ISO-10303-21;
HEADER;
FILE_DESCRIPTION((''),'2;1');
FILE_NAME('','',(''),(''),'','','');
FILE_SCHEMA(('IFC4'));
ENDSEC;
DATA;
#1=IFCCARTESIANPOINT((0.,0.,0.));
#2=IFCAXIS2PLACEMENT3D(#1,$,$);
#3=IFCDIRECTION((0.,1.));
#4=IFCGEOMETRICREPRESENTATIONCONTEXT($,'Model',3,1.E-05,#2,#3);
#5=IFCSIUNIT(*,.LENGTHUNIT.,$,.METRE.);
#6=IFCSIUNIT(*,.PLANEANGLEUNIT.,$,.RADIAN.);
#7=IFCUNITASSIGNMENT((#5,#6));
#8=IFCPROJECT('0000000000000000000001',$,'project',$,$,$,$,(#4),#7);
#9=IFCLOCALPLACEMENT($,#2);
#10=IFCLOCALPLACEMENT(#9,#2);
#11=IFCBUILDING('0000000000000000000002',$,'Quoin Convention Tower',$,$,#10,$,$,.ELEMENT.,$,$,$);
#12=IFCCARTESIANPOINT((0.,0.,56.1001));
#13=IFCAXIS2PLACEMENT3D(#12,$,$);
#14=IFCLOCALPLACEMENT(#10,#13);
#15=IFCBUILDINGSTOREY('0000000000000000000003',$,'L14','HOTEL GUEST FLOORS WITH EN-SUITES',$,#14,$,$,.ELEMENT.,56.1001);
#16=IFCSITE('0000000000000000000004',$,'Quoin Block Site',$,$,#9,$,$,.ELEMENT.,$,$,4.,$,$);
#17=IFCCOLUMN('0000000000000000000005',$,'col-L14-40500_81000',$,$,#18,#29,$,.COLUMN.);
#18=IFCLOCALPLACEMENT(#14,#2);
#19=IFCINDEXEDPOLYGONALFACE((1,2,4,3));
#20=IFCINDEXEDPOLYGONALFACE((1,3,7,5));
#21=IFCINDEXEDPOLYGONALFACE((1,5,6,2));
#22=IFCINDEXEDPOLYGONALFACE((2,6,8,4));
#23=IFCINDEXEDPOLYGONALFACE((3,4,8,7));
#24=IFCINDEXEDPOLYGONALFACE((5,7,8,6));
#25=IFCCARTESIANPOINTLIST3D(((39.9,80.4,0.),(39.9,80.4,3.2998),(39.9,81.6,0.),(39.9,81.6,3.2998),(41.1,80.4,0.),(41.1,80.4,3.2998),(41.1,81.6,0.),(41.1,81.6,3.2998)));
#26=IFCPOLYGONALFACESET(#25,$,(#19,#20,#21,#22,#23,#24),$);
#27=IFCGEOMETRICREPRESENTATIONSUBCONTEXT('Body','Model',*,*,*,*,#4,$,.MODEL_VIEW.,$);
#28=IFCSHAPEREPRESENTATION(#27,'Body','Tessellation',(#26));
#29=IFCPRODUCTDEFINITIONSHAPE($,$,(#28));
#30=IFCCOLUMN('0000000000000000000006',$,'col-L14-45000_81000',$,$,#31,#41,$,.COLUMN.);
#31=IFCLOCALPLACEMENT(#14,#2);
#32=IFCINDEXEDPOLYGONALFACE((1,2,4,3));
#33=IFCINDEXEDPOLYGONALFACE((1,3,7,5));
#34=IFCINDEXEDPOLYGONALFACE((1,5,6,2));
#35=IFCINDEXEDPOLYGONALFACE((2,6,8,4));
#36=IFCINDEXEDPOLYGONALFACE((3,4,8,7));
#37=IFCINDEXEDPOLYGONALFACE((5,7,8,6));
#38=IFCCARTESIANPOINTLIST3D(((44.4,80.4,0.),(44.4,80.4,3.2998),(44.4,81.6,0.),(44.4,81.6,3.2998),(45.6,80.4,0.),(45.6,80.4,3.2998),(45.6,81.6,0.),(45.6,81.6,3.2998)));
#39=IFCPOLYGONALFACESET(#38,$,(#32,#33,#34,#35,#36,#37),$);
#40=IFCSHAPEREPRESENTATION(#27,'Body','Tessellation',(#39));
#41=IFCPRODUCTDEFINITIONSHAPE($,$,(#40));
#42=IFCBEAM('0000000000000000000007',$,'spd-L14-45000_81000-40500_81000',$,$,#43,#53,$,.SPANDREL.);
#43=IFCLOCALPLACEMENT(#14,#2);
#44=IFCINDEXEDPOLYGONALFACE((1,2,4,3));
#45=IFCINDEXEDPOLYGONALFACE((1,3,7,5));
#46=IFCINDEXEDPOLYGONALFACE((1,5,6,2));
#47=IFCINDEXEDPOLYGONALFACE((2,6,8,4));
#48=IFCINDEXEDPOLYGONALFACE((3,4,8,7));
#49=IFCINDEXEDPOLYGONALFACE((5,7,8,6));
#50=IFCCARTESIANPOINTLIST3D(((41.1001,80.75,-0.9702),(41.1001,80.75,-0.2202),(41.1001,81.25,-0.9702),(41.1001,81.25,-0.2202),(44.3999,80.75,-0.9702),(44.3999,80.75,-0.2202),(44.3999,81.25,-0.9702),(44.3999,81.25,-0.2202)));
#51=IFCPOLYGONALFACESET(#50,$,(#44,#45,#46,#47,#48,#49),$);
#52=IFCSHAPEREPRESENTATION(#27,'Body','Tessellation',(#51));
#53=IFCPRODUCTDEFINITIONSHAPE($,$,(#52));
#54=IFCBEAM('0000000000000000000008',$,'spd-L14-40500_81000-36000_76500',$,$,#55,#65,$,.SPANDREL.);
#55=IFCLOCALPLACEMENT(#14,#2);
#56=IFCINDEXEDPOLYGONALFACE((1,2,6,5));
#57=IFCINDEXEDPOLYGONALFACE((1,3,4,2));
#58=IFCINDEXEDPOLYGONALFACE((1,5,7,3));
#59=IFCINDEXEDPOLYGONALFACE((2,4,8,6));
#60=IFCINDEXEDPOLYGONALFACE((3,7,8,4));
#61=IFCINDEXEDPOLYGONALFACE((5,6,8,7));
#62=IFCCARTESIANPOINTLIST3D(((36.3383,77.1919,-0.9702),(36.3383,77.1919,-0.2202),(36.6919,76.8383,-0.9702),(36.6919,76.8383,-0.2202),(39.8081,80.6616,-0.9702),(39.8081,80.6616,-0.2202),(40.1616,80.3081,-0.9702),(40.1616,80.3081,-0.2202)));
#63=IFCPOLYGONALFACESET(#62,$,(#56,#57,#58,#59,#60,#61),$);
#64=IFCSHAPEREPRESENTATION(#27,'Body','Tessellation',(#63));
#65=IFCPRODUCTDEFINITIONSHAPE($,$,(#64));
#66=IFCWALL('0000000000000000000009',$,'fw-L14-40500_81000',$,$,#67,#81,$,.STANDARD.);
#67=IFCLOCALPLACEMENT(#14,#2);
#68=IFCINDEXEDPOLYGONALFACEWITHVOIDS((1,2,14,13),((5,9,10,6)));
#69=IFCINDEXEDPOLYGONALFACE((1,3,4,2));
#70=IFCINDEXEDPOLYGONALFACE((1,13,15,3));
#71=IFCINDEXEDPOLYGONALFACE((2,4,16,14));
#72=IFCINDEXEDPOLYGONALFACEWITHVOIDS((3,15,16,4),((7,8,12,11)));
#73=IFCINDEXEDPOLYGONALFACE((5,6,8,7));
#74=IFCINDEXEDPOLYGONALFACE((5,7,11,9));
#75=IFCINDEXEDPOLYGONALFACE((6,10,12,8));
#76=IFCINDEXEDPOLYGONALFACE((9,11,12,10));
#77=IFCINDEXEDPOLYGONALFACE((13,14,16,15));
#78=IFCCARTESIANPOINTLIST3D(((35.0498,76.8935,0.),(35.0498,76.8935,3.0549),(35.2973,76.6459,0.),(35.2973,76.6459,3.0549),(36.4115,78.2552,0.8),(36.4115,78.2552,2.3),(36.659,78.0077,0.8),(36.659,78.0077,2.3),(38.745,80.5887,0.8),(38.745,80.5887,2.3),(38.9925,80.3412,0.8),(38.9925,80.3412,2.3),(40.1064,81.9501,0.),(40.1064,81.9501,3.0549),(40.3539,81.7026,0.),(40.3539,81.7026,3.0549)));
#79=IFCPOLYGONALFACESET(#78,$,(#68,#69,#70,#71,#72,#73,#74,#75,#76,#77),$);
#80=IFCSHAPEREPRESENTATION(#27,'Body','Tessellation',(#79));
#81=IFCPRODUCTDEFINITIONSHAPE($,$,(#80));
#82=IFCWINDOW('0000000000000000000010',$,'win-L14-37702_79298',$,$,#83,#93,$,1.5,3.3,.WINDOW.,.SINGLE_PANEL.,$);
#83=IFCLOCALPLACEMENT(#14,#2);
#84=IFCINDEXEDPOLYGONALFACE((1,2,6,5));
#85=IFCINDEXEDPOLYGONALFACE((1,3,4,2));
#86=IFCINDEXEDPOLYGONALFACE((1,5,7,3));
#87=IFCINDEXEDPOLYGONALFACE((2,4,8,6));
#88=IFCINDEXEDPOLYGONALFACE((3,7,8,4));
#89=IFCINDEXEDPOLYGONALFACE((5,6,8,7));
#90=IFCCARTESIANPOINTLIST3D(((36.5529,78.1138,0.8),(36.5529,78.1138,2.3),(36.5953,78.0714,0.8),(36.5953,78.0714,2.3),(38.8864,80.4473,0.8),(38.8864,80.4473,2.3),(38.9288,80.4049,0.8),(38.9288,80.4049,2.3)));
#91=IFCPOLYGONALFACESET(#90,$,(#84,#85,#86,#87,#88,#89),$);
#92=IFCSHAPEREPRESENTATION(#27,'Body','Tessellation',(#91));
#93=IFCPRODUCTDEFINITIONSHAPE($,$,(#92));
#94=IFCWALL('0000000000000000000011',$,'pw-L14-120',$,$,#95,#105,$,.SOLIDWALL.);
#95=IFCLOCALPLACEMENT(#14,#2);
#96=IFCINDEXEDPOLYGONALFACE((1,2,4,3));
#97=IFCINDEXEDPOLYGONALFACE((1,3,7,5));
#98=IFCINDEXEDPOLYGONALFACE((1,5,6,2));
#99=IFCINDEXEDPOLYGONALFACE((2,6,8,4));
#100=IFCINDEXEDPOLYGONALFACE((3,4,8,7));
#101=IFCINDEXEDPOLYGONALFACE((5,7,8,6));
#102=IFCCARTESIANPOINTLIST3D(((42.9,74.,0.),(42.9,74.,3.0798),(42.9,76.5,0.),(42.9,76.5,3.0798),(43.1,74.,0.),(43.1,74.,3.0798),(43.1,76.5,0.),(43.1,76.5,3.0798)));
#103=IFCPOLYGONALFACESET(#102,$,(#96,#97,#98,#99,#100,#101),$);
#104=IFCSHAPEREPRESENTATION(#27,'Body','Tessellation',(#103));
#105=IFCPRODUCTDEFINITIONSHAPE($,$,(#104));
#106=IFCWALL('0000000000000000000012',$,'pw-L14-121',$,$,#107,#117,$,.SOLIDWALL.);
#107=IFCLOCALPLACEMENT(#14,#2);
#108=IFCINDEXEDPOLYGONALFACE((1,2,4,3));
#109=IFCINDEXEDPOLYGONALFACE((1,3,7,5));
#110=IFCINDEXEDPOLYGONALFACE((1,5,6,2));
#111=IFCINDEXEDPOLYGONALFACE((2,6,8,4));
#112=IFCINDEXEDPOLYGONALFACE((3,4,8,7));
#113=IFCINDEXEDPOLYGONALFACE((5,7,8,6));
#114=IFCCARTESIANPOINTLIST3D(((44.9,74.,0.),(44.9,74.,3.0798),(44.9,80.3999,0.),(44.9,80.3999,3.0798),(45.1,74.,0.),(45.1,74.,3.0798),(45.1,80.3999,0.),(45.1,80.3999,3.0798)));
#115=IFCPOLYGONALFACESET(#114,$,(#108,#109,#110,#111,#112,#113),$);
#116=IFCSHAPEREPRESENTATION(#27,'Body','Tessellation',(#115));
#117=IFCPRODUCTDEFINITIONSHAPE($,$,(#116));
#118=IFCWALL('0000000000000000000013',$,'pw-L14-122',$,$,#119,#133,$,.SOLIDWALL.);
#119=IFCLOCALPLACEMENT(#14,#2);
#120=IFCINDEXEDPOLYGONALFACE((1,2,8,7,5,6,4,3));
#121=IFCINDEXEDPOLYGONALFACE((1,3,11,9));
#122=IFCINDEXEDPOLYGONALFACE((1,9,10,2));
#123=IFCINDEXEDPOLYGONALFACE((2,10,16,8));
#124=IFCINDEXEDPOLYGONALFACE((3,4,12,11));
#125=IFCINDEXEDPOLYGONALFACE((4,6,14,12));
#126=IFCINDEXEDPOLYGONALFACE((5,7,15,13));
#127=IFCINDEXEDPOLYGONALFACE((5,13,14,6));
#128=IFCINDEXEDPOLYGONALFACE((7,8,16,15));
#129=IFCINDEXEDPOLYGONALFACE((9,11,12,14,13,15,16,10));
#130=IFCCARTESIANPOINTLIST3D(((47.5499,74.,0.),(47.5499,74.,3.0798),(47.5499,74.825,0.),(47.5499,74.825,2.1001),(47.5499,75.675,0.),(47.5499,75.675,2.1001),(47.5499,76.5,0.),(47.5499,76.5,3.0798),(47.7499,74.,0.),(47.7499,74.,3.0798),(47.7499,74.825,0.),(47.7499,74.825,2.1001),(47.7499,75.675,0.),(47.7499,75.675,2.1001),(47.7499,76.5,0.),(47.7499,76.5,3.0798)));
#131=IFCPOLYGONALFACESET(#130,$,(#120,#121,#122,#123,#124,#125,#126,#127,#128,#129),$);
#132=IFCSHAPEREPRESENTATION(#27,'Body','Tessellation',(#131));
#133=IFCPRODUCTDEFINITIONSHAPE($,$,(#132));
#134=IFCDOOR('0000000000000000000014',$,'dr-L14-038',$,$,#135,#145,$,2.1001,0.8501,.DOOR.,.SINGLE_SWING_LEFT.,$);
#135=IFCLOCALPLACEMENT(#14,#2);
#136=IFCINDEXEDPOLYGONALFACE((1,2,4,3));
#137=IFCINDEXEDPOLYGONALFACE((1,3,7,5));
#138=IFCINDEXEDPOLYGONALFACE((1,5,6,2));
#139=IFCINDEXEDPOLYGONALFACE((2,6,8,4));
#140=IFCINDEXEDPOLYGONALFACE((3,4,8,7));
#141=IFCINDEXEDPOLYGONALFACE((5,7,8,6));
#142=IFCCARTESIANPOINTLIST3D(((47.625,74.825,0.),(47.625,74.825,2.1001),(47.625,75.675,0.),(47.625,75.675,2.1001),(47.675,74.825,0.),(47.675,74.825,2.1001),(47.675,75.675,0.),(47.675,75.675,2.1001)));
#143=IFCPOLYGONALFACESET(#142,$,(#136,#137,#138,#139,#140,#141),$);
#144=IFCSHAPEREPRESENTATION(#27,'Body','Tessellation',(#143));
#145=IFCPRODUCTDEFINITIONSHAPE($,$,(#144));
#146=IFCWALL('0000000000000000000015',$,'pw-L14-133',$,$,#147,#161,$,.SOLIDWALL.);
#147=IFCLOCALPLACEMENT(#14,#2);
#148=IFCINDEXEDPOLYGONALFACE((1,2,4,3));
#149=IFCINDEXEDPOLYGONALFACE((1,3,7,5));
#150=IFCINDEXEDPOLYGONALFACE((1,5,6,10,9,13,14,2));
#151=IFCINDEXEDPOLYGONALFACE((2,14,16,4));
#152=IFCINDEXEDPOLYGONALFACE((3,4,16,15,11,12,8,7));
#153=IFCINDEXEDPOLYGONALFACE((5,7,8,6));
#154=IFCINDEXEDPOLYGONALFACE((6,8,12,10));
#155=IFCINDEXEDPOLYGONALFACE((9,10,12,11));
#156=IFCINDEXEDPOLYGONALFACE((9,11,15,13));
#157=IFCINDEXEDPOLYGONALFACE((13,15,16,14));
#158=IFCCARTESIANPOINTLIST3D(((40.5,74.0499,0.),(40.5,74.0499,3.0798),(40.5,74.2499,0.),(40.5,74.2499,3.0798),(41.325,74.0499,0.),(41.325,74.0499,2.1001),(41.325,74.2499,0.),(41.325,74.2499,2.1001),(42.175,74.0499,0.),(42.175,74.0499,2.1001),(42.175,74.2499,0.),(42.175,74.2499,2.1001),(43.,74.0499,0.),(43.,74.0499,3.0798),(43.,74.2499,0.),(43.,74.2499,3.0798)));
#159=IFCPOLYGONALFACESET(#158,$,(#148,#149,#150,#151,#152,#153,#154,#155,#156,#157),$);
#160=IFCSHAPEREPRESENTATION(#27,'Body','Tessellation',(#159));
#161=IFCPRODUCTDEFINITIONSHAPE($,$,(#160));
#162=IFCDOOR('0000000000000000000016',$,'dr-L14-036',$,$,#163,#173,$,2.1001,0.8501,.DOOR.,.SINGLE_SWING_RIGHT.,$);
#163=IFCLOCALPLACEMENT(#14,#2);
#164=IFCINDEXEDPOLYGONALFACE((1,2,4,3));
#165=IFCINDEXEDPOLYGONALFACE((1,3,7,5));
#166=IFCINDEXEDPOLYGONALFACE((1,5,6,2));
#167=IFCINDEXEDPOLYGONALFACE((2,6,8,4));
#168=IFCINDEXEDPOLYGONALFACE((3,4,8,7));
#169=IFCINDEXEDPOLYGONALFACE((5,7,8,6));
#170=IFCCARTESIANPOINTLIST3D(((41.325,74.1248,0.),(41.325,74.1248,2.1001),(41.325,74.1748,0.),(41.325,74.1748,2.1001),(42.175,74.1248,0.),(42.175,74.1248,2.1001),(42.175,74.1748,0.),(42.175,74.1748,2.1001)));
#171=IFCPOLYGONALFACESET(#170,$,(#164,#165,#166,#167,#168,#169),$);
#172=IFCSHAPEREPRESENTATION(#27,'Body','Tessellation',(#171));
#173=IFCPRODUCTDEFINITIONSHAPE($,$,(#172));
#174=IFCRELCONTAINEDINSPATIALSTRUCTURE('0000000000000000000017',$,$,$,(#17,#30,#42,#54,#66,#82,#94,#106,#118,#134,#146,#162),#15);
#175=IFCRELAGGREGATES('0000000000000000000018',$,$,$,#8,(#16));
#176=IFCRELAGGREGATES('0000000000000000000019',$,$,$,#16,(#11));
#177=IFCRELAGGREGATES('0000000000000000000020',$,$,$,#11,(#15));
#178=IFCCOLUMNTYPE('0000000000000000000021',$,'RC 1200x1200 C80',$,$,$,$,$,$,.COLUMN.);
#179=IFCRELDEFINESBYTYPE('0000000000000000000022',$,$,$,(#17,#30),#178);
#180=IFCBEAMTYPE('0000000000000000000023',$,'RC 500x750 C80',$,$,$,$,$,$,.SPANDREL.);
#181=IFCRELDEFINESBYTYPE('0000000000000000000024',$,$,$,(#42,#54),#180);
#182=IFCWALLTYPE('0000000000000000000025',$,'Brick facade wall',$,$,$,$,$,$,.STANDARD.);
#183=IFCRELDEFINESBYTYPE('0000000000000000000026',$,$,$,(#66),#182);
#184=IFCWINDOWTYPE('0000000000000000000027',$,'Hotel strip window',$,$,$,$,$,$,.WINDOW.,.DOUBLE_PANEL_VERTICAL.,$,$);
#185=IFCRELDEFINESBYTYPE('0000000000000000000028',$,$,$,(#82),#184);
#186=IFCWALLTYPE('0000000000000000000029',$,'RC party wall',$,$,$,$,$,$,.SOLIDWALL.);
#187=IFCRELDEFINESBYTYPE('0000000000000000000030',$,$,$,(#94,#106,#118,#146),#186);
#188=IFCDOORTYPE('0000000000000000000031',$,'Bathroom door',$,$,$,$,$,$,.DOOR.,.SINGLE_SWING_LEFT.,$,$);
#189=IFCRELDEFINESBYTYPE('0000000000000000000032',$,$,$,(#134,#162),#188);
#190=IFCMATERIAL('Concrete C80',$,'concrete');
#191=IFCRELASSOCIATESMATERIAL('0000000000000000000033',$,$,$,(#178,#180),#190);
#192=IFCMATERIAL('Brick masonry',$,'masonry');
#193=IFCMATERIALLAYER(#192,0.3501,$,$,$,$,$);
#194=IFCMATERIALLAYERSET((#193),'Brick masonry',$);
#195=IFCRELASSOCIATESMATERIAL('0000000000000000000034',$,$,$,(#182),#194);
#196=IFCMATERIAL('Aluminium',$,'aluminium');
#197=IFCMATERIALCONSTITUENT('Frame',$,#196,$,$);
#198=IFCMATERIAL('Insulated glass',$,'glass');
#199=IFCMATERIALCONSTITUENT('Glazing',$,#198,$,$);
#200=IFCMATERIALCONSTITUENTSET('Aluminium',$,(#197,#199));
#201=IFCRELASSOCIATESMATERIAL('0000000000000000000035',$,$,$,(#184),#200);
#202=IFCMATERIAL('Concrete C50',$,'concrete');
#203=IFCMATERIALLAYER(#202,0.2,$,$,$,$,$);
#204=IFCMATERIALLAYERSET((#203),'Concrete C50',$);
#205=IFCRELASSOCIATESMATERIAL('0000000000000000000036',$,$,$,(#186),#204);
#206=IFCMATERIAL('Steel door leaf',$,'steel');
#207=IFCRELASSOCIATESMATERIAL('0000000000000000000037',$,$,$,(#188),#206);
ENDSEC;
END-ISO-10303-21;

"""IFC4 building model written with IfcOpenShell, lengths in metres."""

from ifc_helpers import new_model, si_unit, direction, frame, frame_2d, origin, origin_2d, place, context, subcontext, project, spatial, rectangle, extrude, material, layer, layer_set, constituent, constituent_set, material_profile, profile_set, type_object, element, fill, save


model = new_model("IFC4")

# Units and contexts
model_context = context("Model", 3, precision=1e-05, world=origin(), true_north=direction((0.0, 1.0)))
body_context = subcontext(model_context, "Body", "Model", "MODEL_VIEW")
ifc_project = project(units=[si_unit("LENGTHUNIT", "METRE"), si_unit("PLANEANGLEUNIT", "RADIAN")], contexts=[model_context])

# Site, building, storey
site_placement = place(None, origin())
site = spatial("IfcSite", under=ifc_project, at=site_placement, Name="Quoin Block Site", CompositionType="ELEMENT", RefElevation=4.0)
building_placement = place(site_placement, origin())
building = spatial("IfcBuilding", under=site, at=building_placement, Name="Quoin Convention Tower", CompositionType="ELEMENT")
storey_placement = place(building_placement, frame((0.0, 0.0, 56.1001)))
storey = spatial("IfcBuildingStorey", under=building, at=storey_placement, Name="L14", Description="HOTEL GUEST FLOORS WITH EN-SUITES", CompositionType="ELEMENT", Elevation=56.1001)

# Columns
ifc_material_1 = material(Name="Concrete C80", Category="concrete")
ifc_material_profile_1 = material_profile(ifc_material_1, rectangle(XDim=1.2, YDim=1.2, at=origin_2d()), Name="RC 1200x1200")
ifc_profile_set_1 = profile_set([ifc_material_profile_1], Name="Concrete C80")
column_type = type_object("IfcColumnType", Name="RC 1200x1200 C80", PredefinedType="COLUMN", material=ifc_profile_set_1)
for number, where, z_axis, x_axis, name in (
    (1, (40.5, 81.0, 0.0), (0.0, 0.0, 1.0), (1.0, 0.0, 0.0), "col-L14-40500_81000"),
    (2, (45.0, 81.0, 0.0), (0.0, 0.0, 1.0), (1.0, 0.0, 0.0), "col-L14-45000_81000"),
):
    element("IfcColumn", number, at=place(storey_placement, frame(where, z_axis=z_axis, x_axis=x_axis)), inside=storey, type_object=column_type, Name=name, PredefinedType="COLUMN", context=body_context, shape_type="SweptSolid", body=[
        extrude(rectangle(XDim=1.2, YDim=1.2, at=origin_2d()), origin(), (0.0, 0.0, 1.0), 3.2998),
    ])

# Beams
ifc_material_profile_2 = material_profile(ifc_material_1, rectangle(XDim=0.5, YDim=0.75, at=origin_2d()), Name="RC 500x750")
ifc_profile_set_2 = profile_set([ifc_material_profile_2], Name="Concrete C80")
beam_type = type_object("IfcBeamType", Name="RC 500x750 C80", PredefinedType="SPANDREL", material=ifc_profile_set_2)
beam_1_placement = place(storey_placement, frame((44.3999, 81.0, -0.5952), z_axis=(-1.0, 0.0, 0.0), x_axis=(0.0, -1.0, 0.0)))
element("IfcBeam", 3, at=beam_1_placement, inside=storey, type_object=beam_type, Name="spd-L14-45000_81000-40500_81000", PredefinedType="SPANDREL", context=body_context, shape_type="SweptSolid", body=[
    extrude(rectangle(XDim=0.5, YDim=0.75, at=origin_2d()), origin(), (0.0, 0.0, 1.0), 3.2998),
])
beam_2_placement = place(storey_placement, frame((39.9849, 80.4849, -0.5952), z_axis=(-0.707107, -0.707107, 0.0), x_axis=(0.707107, -0.707107, 0.0)))
element("IfcBeam", 4, at=beam_2_placement, inside=storey, type_object=beam_type, Name="spd-L14-40500_81000-36000_76500", PredefinedType="SPANDREL", context=body_context, shape_type="SweptSolid", body=[
    extrude(rectangle(XDim=0.5, YDim=0.75, at=origin_2d()), origin(), (0.0, 0.0, 1.0), 4.907),
])

# Wall, opening, window
ifc_material_2 = material(Name="Brick masonry", Category="masonry")
ifc_layer_1 = layer(ifc_material_2, 0.3501)
ifc_layer_set_1 = layer_set([ifc_layer_1], Name="Brick masonry")
wall_type_1 = type_object("IfcWallType", Name="Brick facade wall", PredefinedType="STANDARD", material=ifc_layer_set_1)
wall_1_placement = place(storey_placement, frame((40.2302, 81.8264, 0.0), z_axis=(0.0, 0.0, 1.0), x_axis=(-0.707107, -0.707107, 0.0)))
wall_1 = element("IfcWall", 5, at=wall_1_placement, inside=storey, type_object=wall_type_1, Name="fw-L14-40500_81000", PredefinedType="STANDARD", context=body_context, shape_type="SweptSolid", body=[
    extrude(rectangle(XDim=7.1511, YDim=0.3501, at=frame_2d((3.5757, 0.0))), origin(), (0.0, 0.0, 1.0), 3.0549),
])
opening_1_placement = place(wall_1_placement, frame((1.9255, 0.0, 0.8)))
opening_1 = element("IfcOpeningElement", 6, at=opening_1_placement, cuts=wall_1, PredefinedType="OPENING", context=body_context, shape_type="SweptSolid", body=[
    extrude(rectangle(XDim=3.3, YDim=1.5, at=frame_2d((1.6499, 0.75))), frame((0.0, 0.1851, 0.0), z_axis=(0.0, -1.0, 0.0), x_axis=(1.0, 0.0, 0.0)), (0.0, 0.0, 1.0), 0.3701),
])
ifc_material_3 = material(Name="Aluminium", Category="aluminium")
ifc_constituent_1 = constituent(ifc_material_3, Name="Frame")
ifc_material_4 = material(Name="Insulated glass", Category="glass")
ifc_constituent_2 = constituent(ifc_material_4, Name="Glazing")
ifc_constituent_set = constituent_set(constituents=[ifc_constituent_1, ifc_constituent_2], Name="Aluminium")
window_type = type_object("IfcWindowType", Name="Hotel strip window", PartitioningType="DOUBLE_PANEL_VERTICAL", PredefinedType="WINDOW", material=ifc_constituent_set)
window_placement = place(opening_1_placement, origin())
window = element("IfcWindow", 7, at=window_placement, inside=storey, type_object=window_type, Name="win-L14-37702_79298", OverallHeight=1.5, OverallWidth=3.3, PartitioningType="SINGLE_PANEL", PredefinedType="WINDOW", context=body_context, shape_type="SweptSolid", body=[
    extrude(rectangle(XDim=3.3, YDim=1.5, at=frame_2d((1.6499, 0.75))), frame((0.0, 0.085, 0.0), z_axis=(0.0, -1.0, 0.0), x_axis=(1.0, 0.0, 0.0)), (0.0, 0.0, 1.0), 0.0601),
])
fill(opening_1, window)

# Walls
ifc_material_5 = material(Name="Concrete C50", Category="concrete")
ifc_layer_2 = layer(ifc_material_5, 0.2)
ifc_layer_set_2 = layer_set([ifc_layer_2], Name="Concrete C50")
wall_type_2 = type_object("IfcWallType", Name="RC party wall", PredefinedType="SOLIDWALL", material=ifc_layer_set_2)
wall_2_placement = place(storey_placement, frame((43.0, 74.0, 0.0), z_axis=(0.0, 0.0, 1.0), x_axis=(0.0, 1.0, 0.0)))
element("IfcWall", 8, at=wall_2_placement, inside=storey, type_object=wall_type_2, Name="pw-L14-120", PredefinedType="SOLIDWALL", context=body_context, shape_type="SweptSolid", body=[
    extrude(rectangle(XDim=2.5, YDim=0.2, at=frame_2d((1.25, 0.0))), origin(), (0.0, 0.0, 1.0), 3.0798),
])
wall_3_placement = place(storey_placement, frame((45.0, 74.0, 0.0), z_axis=(0.0, 0.0, 1.0), x_axis=(0.0, 1.0, 0.0)))
element("IfcWall", 9, at=wall_3_placement, inside=storey, type_object=wall_type_2, Name="pw-L14-121", PredefinedType="SOLIDWALL", context=body_context, shape_type="SweptSolid", body=[
    extrude(rectangle(XDim=6.3999, YDim=0.2, at=frame_2d((3.2, 0.0))), origin(), (0.0, 0.0, 1.0), 3.0798),
])

# Walls, openings, doors
wall_4_placement = place(storey_placement, frame((47.6499, 74.0, 0.0), z_axis=(0.0, 0.0, 1.0), x_axis=(0.0, 1.0, 0.0)))
wall_4 = element("IfcWall", 10, at=wall_4_placement, inside=storey, type_object=wall_type_2, Name="pw-L14-122", PredefinedType="SOLIDWALL", context=body_context, shape_type="SweptSolid", body=[
    extrude(rectangle(XDim=2.5, YDim=0.2, at=frame_2d((1.25, 0.0))), origin(), (0.0, 0.0, 1.0), 3.0798),
])
opening_2_placement = place(wall_4_placement, frame((0.825, 0.0, 0.0)))
opening_2 = element("IfcOpeningElement", 11, at=opening_2_placement, cuts=wall_4, PredefinedType="OPENING", context=body_context, shape_type="SweptSolid", body=[
    extrude(rectangle(XDim=0.8501, YDim=2.1001, at=frame_2d((0.425, 1.05))), frame((0.0, 0.1099, 0.0), z_axis=(0.0, -1.0, 0.0), x_axis=(1.0, 0.0, 0.0)), (0.0, 0.0, 1.0), 0.22),
])
ifc_material_6 = material(Name="Steel door leaf", Category="steel")
door_type = type_object("IfcDoorType", Name="Bathroom door", OperationType="SINGLE_SWING_LEFT", PredefinedType="DOOR", material=ifc_material_6)
door_1_placement = place(opening_2_placement, origin())
door_1 = element("IfcDoor", 12, at=door_1_placement, inside=storey, type_object=door_type, Name="dr-L14-038", OperationType="SINGLE_SWING_LEFT", OverallHeight=2.1001, OverallWidth=0.8501, PredefinedType="DOOR", context=body_context, shape_type="SweptSolid", body=[
    extrude(rectangle(XDim=0.8501, YDim=2.1001, at=frame_2d((0.425, 1.05))), frame((0.0, 0.0249, 0.0), z_axis=(0.0, -1.0, 0.0), x_axis=(1.0, 0.0, 0.0)), (0.0, 0.0, 1.0), 0.05),
])
fill(opening_2, door_1)
wall_5_placement = place(storey_placement, frame((40.5, 74.1499, 0.0), z_axis=(0.0, 0.0, 1.0), x_axis=(1.0, 0.0, 0.0)))
wall_5 = element("IfcWall", 13, at=wall_5_placement, inside=storey, type_object=wall_type_2, Name="pw-L14-133", PredefinedType="SOLIDWALL", context=body_context, shape_type="SweptSolid", body=[
    extrude(rectangle(XDim=2.5, YDim=0.2, at=frame_2d((1.25, 0.0))), origin(), (0.0, 0.0, 1.0), 3.0798),
])
opening_3_placement = place(wall_5_placement, frame((0.825, 0.0, 0.0)))
opening_3 = element("IfcOpeningElement", 14, at=opening_3_placement, cuts=wall_5, PredefinedType="OPENING", context=body_context, shape_type="SweptSolid", body=[
    extrude(rectangle(XDim=0.8501, YDim=2.1001, at=frame_2d((0.425, 1.05))), frame((0.0, 0.1099, 0.0), z_axis=(0.0, -1.0, 0.0), x_axis=(1.0, 0.0, 0.0)), (0.0, 0.0, 1.0), 0.22),
])
door_2_placement = place(opening_3_placement, origin())
door_2 = element("IfcDoor", 15, at=door_2_placement, inside=storey, type_object=door_type, Name="dr-L14-036", OperationType="SINGLE_SWING_RIGHT", OverallHeight=2.1001, OverallWidth=0.8501, PredefinedType="DOOR", context=body_context, shape_type="SweptSolid", body=[
    extrude(rectangle(XDim=0.8501, YDim=2.1001, at=frame_2d((0.425, 1.05))), frame((0.0, 0.0249, 0.0), z_axis=(0.0, -1.0, 0.0), x_axis=(1.0, 0.0, 0.0)), (0.0, 0.0, 1.0), 0.05),
])
fill(opening_3, door_2)

save(model, "model.ifc")
